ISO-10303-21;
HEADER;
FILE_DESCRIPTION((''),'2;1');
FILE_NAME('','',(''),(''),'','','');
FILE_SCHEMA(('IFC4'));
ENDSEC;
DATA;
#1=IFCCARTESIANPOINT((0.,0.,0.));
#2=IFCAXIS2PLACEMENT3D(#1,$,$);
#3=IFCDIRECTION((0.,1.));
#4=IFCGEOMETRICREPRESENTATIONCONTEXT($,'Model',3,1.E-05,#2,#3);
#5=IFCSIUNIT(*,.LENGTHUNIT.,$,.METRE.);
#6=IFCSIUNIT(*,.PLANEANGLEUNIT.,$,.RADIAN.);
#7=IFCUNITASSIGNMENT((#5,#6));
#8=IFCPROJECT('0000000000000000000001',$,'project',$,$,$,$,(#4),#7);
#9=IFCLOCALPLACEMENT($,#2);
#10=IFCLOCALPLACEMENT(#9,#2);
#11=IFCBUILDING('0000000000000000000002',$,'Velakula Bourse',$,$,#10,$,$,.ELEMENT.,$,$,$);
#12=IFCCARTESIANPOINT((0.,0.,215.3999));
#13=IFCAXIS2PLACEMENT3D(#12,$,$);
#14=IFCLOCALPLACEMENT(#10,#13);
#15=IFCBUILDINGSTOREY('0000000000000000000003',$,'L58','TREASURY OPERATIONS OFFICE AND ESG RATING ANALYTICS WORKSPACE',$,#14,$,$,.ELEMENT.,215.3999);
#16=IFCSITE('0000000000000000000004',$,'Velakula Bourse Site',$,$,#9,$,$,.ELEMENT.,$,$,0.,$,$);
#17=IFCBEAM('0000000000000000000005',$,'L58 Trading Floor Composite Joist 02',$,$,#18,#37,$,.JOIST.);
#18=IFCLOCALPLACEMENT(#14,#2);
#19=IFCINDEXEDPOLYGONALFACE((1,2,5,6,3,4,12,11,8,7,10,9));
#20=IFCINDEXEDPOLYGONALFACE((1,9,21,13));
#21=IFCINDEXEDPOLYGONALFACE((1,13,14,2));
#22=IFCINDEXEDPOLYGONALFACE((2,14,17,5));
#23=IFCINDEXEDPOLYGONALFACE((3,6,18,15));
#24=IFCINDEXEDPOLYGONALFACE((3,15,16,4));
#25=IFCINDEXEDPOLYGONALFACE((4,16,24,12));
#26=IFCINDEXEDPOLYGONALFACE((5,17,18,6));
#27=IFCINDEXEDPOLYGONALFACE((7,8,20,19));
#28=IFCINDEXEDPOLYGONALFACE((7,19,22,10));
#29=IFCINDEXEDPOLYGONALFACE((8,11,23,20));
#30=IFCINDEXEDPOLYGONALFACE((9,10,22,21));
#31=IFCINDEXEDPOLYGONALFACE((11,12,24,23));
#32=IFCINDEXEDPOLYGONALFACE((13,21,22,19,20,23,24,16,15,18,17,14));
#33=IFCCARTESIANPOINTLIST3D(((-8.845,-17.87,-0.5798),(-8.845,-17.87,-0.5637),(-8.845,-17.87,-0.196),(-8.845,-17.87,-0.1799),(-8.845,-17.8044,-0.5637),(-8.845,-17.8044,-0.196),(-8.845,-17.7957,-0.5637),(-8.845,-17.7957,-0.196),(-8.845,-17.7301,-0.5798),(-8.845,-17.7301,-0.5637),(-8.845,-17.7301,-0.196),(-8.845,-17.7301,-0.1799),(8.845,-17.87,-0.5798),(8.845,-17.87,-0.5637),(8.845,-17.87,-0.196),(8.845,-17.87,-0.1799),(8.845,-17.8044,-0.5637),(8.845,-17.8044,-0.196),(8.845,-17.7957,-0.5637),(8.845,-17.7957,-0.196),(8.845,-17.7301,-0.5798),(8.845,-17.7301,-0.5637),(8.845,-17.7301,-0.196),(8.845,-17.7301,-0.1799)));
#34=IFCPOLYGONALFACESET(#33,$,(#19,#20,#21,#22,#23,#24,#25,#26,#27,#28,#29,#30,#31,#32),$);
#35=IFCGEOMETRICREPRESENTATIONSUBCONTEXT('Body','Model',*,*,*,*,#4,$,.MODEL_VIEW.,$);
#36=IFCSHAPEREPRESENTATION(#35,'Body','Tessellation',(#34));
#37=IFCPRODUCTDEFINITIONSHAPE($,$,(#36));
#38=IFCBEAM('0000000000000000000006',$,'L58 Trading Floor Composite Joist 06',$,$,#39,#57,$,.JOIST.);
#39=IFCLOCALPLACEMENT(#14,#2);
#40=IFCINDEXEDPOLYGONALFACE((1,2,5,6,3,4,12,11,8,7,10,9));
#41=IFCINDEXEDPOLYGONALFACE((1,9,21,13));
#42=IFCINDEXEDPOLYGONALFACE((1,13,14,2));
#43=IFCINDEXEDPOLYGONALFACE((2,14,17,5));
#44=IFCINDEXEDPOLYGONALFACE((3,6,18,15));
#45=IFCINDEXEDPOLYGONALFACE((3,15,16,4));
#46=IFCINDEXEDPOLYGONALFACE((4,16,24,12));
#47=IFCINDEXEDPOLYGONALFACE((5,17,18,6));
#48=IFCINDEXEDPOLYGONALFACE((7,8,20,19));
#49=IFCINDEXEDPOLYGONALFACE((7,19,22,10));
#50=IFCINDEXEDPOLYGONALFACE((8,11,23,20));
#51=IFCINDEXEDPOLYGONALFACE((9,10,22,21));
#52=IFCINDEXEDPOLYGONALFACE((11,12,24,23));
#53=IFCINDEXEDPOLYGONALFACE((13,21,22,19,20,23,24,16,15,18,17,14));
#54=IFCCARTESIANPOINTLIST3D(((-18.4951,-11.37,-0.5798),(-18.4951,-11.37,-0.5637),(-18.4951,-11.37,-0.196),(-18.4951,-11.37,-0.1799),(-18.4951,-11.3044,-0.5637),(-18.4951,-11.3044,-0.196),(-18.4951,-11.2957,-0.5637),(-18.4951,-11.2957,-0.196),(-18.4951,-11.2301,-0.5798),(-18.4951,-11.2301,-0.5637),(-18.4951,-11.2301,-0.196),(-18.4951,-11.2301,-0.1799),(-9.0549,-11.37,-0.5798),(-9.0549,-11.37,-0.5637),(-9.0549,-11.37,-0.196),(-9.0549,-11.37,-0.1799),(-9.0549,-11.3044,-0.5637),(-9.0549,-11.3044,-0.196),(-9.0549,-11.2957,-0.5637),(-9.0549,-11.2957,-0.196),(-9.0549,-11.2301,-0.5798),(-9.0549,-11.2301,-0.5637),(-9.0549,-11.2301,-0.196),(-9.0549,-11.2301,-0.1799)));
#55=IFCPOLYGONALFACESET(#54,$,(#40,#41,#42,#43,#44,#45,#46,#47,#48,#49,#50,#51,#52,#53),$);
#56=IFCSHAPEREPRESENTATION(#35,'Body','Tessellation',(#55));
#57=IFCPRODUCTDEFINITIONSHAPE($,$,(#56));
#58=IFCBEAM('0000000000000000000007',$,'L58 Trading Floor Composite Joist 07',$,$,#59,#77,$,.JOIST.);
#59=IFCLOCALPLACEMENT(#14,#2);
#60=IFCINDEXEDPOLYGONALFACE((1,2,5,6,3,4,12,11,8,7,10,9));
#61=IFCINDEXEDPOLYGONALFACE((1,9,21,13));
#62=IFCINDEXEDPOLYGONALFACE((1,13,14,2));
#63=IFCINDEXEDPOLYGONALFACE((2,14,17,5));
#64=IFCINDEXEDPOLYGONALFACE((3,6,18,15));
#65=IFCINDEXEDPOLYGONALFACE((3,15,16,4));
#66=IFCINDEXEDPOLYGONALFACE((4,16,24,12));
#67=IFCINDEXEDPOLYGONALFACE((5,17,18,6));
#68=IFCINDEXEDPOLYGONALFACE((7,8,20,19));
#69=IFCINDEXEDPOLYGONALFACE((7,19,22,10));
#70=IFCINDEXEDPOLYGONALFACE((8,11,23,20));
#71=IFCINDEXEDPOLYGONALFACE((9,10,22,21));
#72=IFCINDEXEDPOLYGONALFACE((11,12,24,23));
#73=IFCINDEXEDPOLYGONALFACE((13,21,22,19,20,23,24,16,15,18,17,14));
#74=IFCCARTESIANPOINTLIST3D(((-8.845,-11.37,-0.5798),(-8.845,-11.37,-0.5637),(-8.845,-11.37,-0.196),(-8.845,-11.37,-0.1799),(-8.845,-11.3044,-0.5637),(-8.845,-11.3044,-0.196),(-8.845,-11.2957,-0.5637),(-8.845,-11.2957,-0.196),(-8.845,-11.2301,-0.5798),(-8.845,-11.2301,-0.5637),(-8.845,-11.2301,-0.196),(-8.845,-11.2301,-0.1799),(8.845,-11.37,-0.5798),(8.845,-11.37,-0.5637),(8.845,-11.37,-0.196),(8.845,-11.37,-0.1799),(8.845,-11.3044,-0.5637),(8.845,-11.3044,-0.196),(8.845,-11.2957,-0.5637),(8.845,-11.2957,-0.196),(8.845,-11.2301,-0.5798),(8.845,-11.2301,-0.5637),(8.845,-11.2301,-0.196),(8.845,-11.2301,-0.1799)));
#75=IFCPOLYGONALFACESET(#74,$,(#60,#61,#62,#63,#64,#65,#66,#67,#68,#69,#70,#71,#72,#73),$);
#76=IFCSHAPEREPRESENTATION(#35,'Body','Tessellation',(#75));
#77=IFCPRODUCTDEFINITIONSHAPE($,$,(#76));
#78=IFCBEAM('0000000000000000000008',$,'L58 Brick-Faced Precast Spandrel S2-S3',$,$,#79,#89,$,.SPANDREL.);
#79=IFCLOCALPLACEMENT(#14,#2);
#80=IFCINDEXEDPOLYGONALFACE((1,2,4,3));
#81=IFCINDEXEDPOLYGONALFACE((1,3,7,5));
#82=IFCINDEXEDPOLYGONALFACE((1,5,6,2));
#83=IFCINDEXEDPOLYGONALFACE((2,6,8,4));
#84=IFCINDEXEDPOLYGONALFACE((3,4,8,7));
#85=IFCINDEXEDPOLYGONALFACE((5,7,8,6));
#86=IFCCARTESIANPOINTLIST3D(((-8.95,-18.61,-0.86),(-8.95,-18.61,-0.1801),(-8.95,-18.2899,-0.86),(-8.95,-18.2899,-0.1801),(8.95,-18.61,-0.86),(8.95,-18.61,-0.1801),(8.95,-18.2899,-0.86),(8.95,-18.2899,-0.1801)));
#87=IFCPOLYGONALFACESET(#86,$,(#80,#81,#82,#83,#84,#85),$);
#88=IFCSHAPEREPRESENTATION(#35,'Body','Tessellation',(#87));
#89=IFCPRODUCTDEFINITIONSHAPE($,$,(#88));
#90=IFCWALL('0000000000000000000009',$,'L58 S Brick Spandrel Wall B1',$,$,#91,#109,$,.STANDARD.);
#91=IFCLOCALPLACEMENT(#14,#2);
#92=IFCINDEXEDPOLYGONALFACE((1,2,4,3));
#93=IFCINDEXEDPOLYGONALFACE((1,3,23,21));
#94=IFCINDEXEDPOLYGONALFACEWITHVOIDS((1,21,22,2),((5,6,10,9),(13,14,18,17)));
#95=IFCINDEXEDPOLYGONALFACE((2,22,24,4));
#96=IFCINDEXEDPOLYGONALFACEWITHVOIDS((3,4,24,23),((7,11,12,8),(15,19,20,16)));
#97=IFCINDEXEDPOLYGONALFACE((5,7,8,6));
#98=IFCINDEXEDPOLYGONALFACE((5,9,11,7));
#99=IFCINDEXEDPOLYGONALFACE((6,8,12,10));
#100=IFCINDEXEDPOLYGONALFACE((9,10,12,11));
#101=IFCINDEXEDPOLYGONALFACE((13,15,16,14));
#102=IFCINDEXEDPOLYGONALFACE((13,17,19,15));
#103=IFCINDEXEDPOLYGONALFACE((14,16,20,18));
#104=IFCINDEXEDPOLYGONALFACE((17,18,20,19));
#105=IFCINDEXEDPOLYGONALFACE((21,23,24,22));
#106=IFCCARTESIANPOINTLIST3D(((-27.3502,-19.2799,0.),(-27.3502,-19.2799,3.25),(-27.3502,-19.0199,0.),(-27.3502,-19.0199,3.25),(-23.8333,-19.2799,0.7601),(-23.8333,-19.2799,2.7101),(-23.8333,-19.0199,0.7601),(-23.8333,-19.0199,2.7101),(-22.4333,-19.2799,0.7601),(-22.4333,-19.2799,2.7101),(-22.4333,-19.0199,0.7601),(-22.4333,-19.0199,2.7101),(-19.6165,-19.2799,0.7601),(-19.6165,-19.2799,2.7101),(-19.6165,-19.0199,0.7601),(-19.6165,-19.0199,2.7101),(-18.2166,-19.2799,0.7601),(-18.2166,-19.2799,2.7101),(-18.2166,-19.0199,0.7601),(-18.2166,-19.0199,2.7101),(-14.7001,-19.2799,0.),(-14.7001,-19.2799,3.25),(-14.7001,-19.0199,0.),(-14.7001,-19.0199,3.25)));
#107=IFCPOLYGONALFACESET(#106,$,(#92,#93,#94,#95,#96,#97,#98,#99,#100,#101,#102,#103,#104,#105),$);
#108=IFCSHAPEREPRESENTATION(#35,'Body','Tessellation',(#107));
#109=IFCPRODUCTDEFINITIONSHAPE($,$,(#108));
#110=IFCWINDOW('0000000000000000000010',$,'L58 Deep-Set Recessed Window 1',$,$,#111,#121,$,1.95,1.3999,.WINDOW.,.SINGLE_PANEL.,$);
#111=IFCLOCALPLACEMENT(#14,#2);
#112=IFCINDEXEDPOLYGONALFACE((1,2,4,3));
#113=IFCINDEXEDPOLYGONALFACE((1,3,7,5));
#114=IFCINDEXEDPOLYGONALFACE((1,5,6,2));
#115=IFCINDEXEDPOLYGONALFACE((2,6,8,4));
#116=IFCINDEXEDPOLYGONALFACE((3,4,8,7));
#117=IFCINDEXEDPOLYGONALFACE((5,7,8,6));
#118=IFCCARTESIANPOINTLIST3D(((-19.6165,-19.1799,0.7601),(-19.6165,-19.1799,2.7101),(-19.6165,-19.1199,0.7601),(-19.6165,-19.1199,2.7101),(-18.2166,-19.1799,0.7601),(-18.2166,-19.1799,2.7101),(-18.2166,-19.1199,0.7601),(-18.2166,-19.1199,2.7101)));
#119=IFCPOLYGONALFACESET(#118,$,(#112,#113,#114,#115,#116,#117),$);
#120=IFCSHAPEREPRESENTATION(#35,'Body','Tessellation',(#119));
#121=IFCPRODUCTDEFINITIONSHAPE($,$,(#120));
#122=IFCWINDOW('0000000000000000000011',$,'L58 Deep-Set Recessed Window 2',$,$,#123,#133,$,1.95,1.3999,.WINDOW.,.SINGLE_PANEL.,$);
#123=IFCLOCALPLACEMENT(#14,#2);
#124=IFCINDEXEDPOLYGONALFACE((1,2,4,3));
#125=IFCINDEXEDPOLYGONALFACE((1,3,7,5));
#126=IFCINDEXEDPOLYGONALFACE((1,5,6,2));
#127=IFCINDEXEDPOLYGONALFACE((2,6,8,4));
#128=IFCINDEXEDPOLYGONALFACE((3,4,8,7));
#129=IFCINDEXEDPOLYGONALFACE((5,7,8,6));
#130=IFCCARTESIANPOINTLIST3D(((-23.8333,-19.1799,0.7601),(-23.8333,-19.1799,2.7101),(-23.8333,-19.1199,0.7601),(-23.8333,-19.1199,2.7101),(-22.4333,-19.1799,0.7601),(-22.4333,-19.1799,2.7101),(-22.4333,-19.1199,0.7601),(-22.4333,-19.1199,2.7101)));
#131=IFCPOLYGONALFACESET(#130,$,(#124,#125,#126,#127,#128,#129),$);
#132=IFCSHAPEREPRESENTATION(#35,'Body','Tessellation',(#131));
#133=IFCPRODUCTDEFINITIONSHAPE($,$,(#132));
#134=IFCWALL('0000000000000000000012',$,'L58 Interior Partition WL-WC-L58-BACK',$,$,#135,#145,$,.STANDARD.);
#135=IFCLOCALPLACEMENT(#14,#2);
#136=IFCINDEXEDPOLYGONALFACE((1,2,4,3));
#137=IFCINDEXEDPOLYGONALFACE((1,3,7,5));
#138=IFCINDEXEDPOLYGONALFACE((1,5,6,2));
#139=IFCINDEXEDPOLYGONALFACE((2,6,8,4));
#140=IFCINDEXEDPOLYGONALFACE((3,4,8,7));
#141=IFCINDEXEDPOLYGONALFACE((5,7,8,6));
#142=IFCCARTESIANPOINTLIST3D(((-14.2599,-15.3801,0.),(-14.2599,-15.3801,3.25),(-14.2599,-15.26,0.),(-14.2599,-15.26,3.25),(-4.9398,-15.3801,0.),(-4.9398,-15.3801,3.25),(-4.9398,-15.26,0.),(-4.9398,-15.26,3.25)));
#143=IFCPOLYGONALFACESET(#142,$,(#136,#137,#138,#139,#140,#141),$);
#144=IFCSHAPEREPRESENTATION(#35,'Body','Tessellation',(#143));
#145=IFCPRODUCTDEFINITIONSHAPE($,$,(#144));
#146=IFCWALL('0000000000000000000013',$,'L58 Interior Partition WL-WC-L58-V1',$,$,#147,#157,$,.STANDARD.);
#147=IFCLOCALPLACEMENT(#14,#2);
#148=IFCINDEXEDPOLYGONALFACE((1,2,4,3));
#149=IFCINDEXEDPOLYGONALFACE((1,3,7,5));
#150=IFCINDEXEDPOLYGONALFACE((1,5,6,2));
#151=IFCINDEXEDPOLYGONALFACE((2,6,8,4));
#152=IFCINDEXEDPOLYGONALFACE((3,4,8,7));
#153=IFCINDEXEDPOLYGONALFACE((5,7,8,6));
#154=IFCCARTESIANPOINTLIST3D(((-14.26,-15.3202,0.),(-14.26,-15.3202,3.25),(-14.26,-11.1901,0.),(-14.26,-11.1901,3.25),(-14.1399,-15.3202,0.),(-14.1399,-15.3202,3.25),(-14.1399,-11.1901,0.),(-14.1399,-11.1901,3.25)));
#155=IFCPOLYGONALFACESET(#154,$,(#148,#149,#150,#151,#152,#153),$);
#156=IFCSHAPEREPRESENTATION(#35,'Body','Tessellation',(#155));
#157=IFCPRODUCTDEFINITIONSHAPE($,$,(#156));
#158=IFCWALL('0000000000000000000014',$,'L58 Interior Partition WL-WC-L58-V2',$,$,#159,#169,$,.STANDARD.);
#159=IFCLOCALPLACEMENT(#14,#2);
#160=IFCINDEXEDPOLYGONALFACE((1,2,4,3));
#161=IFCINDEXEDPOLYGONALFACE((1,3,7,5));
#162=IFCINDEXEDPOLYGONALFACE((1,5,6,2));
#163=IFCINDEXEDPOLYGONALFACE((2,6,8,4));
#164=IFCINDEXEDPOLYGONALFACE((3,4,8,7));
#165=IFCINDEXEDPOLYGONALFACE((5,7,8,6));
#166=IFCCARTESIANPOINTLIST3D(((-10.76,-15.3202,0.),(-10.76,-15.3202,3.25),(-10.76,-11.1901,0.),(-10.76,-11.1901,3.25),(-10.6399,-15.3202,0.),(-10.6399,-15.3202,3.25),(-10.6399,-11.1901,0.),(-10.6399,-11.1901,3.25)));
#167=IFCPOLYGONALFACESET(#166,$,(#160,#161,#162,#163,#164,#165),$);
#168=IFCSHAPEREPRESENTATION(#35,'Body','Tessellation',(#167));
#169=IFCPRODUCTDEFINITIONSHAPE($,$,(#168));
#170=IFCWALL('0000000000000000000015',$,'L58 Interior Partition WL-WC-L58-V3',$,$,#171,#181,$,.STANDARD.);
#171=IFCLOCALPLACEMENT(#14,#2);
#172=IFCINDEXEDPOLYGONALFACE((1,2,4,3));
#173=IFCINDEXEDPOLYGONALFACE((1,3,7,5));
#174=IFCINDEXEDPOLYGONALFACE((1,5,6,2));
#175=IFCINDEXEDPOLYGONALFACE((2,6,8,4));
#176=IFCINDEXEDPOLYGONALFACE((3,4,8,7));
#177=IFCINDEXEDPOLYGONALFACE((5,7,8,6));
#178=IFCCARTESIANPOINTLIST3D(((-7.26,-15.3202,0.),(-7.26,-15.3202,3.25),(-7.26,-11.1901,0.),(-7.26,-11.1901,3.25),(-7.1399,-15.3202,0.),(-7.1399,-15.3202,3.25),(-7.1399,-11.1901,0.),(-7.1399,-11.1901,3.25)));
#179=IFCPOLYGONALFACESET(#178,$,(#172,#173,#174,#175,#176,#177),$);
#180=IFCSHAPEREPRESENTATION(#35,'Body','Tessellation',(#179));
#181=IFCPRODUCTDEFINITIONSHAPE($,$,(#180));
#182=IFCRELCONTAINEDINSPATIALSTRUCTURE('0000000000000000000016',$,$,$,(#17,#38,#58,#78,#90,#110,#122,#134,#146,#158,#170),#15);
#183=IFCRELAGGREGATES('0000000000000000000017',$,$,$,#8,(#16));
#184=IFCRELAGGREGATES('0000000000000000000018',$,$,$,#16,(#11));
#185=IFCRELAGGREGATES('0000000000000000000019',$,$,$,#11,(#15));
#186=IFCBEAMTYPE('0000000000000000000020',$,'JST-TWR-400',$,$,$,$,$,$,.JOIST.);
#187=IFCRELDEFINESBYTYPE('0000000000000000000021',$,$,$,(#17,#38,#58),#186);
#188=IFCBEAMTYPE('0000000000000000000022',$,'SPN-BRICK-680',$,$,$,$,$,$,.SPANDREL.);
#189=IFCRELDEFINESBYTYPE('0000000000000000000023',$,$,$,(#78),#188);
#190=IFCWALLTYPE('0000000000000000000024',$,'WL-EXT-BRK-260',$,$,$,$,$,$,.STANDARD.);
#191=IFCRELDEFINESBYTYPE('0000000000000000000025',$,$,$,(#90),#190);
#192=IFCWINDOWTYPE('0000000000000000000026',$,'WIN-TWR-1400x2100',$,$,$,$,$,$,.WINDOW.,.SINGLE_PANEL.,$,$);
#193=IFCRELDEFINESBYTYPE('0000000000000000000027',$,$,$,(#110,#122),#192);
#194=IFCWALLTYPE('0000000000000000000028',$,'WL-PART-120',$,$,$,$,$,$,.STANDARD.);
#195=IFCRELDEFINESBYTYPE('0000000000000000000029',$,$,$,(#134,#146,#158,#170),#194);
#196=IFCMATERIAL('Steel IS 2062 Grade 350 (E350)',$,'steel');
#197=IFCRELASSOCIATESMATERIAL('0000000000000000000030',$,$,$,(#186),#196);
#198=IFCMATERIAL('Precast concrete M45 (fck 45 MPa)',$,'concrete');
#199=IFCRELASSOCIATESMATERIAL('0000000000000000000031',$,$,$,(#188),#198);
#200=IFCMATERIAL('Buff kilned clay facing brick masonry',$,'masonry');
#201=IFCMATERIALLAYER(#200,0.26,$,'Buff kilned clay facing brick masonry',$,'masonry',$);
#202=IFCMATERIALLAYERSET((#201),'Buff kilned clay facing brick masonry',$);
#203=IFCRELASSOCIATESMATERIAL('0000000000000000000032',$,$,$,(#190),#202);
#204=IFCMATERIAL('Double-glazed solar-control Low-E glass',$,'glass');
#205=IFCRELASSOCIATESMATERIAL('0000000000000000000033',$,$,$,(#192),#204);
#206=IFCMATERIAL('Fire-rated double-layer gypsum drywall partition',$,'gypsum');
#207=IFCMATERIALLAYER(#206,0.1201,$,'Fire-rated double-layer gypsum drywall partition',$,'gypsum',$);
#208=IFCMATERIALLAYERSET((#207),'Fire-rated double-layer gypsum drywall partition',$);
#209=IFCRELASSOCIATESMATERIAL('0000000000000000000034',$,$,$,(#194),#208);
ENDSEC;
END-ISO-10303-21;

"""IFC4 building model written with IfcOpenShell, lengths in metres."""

from ifc_helpers import new_model, si_unit, direction, frame, frame_2d, origin, origin_2d, place, context, subcontext, project, spatial, rectangle, i_section, extrude, material, layer, layer_set, material_profile, profile_set, type_object, element, fill, save


model = new_model("IFC4")

# Units and contexts
model_context = context("Model", 3, precision=1e-05, world=origin(), true_north=direction((0.0, 1.0)))
body_context = subcontext(model_context, "Body", "Model", "MODEL_VIEW")
ifc_project = project(units=[si_unit("LENGTHUNIT", "METRE"), si_unit("PLANEANGLEUNIT", "RADIAN")], contexts=[model_context])

# Site, building, storey
site_placement = place(None, origin())
site = spatial("IfcSite", under=ifc_project, at=site_placement, Name="Velakula Bourse Site", CompositionType="ELEMENT", RefElevation=0.0)
building_placement = place(site_placement, origin())
building = spatial("IfcBuilding", under=site, at=building_placement, Name="Velakula Bourse", CompositionType="ELEMENT")
storey_placement = place(building_placement, frame((0.0, 0.0, 215.3999)))
storey = spatial("IfcBuildingStorey", under=building, at=storey_placement, Name="L58", Description="TREASURY OPERATIONS OFFICE AND ESG RATING ANALYTICS WORKSPACE", CompositionType="ELEMENT", Elevation=215.3999)

# Shared definitions
ifc_material_1 = material(Name="Steel IS 2062 Grade 350 (E350)", Category="steel")

# Beams
ifc_material_profile_1 = material_profile(ifc_material_1, i_section(OverallWidth=0.1399, OverallDepth=0.3999, WebThickness=0.0088, FlangeThickness=0.0161, at=origin_2d()), Name="Steel IS 2062 Grade 350 (E350)")
ifc_profile_set_1 = profile_set([ifc_material_profile_1], Name="Steel IS 2062 Grade 350 (E350)")
beam_type_1 = type_object("IfcBeamType", Name="JST-TWR-400", PredefinedType="JOIST", material=ifc_profile_set_1)
beam_1_placement = place(storey_placement, frame((-8.845, -17.8, -0.3799), z_axis=(1.0, 0.0, 0.0), x_axis=(0.0, 1.0, 0.0)))
element("IfcBeam", 1, at=beam_1_placement, inside=storey, type_object=beam_type_1, Name="L58 Trading Floor Composite Joist 02", PredefinedType="JOIST", context=body_context, shape_type="SweptSolid", body=[
    extrude(i_section(OverallWidth=0.1399, OverallDepth=0.3999, WebThickness=0.0088, FlangeThickness=0.0161, at=origin_2d()), origin(), (0.0, 0.0, 1.0), 17.6899),
])
beam_2_placement = place(storey_placement, frame((-18.4951, -11.3, -0.3799), z_axis=(1.0, 0.0, 0.0), x_axis=(0.0, 1.0, 0.0)))
element("IfcBeam", 2, at=beam_2_placement, inside=storey, type_object=beam_type_1, Name="L58 Trading Floor Composite Joist 06", PredefinedType="JOIST", context=body_context, shape_type="SweptSolid", body=[
    extrude(i_section(OverallWidth=0.1399, OverallDepth=0.3999, WebThickness=0.0088, FlangeThickness=0.0161, at=origin_2d()), origin(), (0.0, 0.0, 1.0), 9.4402),
])
beam_3_placement = place(storey_placement, frame((-8.845, -11.3, -0.3799), z_axis=(1.0, 0.0, 0.0), x_axis=(0.0, 1.0, 0.0)))
element("IfcBeam", 3, at=beam_3_placement, inside=storey, type_object=beam_type_1, Name="L58 Trading Floor Composite Joist 07", PredefinedType="JOIST", context=body_context, shape_type="SweptSolid", body=[
    extrude(i_section(OverallWidth=0.1399, OverallDepth=0.3999, WebThickness=0.0088, FlangeThickness=0.0161, at=origin_2d()), origin(), (0.0, 0.0, 1.0), 17.6899),
])
ifc_material_2 = material(Name="Precast concrete M45 (fck 45 MPa)", Category="concrete")
ifc_material_profile_2 = material_profile(ifc_material_2, rectangle(XDim=0.3201, YDim=0.6799, at=origin_2d()), Name="Precast concrete M45 (fck 45 MPa)")
ifc_profile_set_2 = profile_set([ifc_material_profile_2], Name="Precast concrete M45 (fck 45 MPa)")
beam_type_2 = type_object("IfcBeamType", Name="SPN-BRICK-680", PredefinedType="SPANDREL", material=ifc_profile_set_2)
beam_4_placement = place(storey_placement, frame((-8.95, -18.45, -0.52), z_axis=(1.0, 0.0, 0.0), x_axis=(0.0, 1.0, 0.0)))
element("IfcBeam", 4, at=beam_4_placement, inside=storey, type_object=beam_type_2, Name="L58 Brick-Faced Precast Spandrel S2-S3", PredefinedType="SPANDREL", context=body_context, shape_type="SweptSolid", body=[
    extrude(rectangle(XDim=0.3201, YDim=0.6799, at=origin_2d()), origin(), (0.0, 0.0, 1.0), 17.8999),
])

# Wall, openings, windows
ifc_material_3 = material(Name="Buff kilned clay facing brick masonry", Category="masonry")
ifc_layer_1 = layer(ifc_material_3, 0.26, Name="Buff kilned clay facing brick masonry", Category="masonry")
ifc_layer_set_1 = layer_set([ifc_layer_1], Name="Buff kilned clay facing brick masonry")
wall_type_1 = type_object("IfcWallType", Name="WL-EXT-BRK-260", PredefinedType="STANDARD", material=ifc_layer_set_1)
wall_1_placement = place(storey_placement, frame((-14.7, -19.1499, 0.0), z_axis=(0.0, 0.0, 1.0), x_axis=(-1.0, 0.0, 0.0)))
wall_1 = element("IfcWall", 5, at=wall_1_placement, inside=storey, type_object=wall_type_1, Name="L58 S Brick Spandrel Wall B1", PredefinedType="STANDARD", context=body_context, shape_type="SweptSolid", body=[
    extrude(rectangle(XDim=12.6501, YDim=0.26, at=frame_2d((6.3252, 0.0))), origin(), (0.0, 0.0, 1.0), 3.25),
])
opening_1_placement = place(wall_1_placement, frame((3.5166, 0.0, 0.76)))
opening_1 = element("IfcOpeningElement", 6, at=opening_1_placement, cuts=wall_1, PredefinedType="OPENING", context=body_context, shape_type="SweptSolid", body=[
    extrude(rectangle(XDim=1.3999, YDim=1.95, at=frame_2d((0.7, 0.9751))), frame((0.0, 0.1399, 0.0), z_axis=(0.0, -1.0, 0.0), x_axis=(1.0, 0.0, 0.0)), (0.0, 0.0, 1.0), 0.28),
])
opening_2_placement = place(wall_1_placement, frame((7.7334, 0.0, 0.76)))
opening_2 = element("IfcOpeningElement", 7, at=opening_2_placement, cuts=wall_1, PredefinedType="OPENING", context=body_context, shape_type="SweptSolid", body=[
    extrude(rectangle(XDim=1.3999, YDim=1.95, at=frame_2d((0.7, 0.9751))), frame((0.0, 0.1399, 0.0), z_axis=(0.0, -1.0, 0.0), x_axis=(1.0, 0.0, 0.0)), (0.0, 0.0, 1.0), 0.28),
])
ifc_material_4 = material(Name="Double-glazed solar-control Low-E glass", Category="glass")
window_type = type_object("IfcWindowType", Name="WIN-TWR-1400x2100", PartitioningType="SINGLE_PANEL", PredefinedType="WINDOW", material=ifc_material_4)
window_1_placement = place(opening_1_placement, origin())
window_1 = element("IfcWindow", 8, at=window_1_placement, inside=storey, type_object=window_type, Name="L58 Deep-Set Recessed Window 1", OverallHeight=1.95, OverallWidth=1.3999, PartitioningType="SINGLE_PANEL", PredefinedType="WINDOW", context=body_context, shape_type="SweptSolid", body=[
    extrude(rectangle(XDim=1.3999, YDim=1.95, at=frame_2d((0.7, 0.9751))), frame((0.0, 0.03, 0.0), z_axis=(0.0, -1.0, 0.0), x_axis=(1.0, 0.0, 0.0)), (0.0, 0.0, 1.0), 0.0601),
])
fill(opening_1, window_1)
window_2_placement = place(opening_2_placement, origin())
window_2 = element("IfcWindow", 9, at=window_2_placement, inside=storey, type_object=window_type, Name="L58 Deep-Set Recessed Window 2", OverallHeight=1.95, OverallWidth=1.3999, PartitioningType="SINGLE_PANEL", PredefinedType="WINDOW", context=body_context, shape_type="SweptSolid", body=[
    extrude(rectangle(XDim=1.3999, YDim=1.95, at=frame_2d((0.7, 0.9751))), frame((0.0, 0.03, 0.0), z_axis=(0.0, -1.0, 0.0), x_axis=(1.0, 0.0, 0.0)), (0.0, 0.0, 1.0), 0.0601),
])
fill(opening_2, window_2)

# Walls
ifc_material_5 = material(Name="Fire-rated double-layer gypsum drywall partition", Category="gypsum")
ifc_layer_2 = layer(ifc_material_5, 0.1201, Name="Fire-rated double-layer gypsum drywall partition", Category="gypsum")
ifc_layer_set_2 = layer_set([ifc_layer_2], Name="Fire-rated double-layer gypsum drywall partition")
wall_type_2 = type_object("IfcWallType", Name="WL-PART-120", PredefinedType="STANDARD", material=ifc_layer_set_2)
wall_2_placement = place(storey_placement, frame((-14.26, -15.3201, 0.0), z_axis=(0.0, 0.0, 1.0), x_axis=(1.0, 0.0, 0.0)))
element("IfcWall", 10, at=wall_2_placement, inside=storey, type_object=wall_type_2, Name="L58 Interior Partition WL-WC-L58-BACK", PredefinedType="STANDARD", context=body_context, shape_type="SweptSolid", body=[
    extrude(rectangle(XDim=9.3201, YDim=0.1201, at=frame_2d((4.6602, 0.0))), origin(), (0.0, 0.0, 1.0), 3.25),
])
for number, where, z_axis, x_axis, name in (
    (11, (-14.2, -15.3201, 0.0), (0.0, 0.0, 1.0), (0.0, 1.0, 0.0), "L58 Interior Partition WL-WC-L58-V1"),
    (12, (-10.7, -15.3201, 0.0), (0.0, 0.0, 1.0), (0.0, 1.0, 0.0), "L58 Interior Partition WL-WC-L58-V2"),
    (13, (-7.2, -15.3201, 0.0), (0.0, 0.0, 1.0), (0.0, 1.0, 0.0), "L58 Interior Partition WL-WC-L58-V3"),
):
    element("IfcWall", number, at=place(storey_placement, frame(where, z_axis=z_axis, x_axis=x_axis)), inside=storey, type_object=wall_type_2, Name=name, PredefinedType="STANDARD", context=body_context, shape_type="SweptSolid", body=[
        extrude(rectangle(XDim=4.1301, YDim=0.1201, at=frame_2d((2.0649, 0.0))), origin(), (0.0, 0.0, 1.0), 3.25),
    ])

save(model, "model.ifc")
